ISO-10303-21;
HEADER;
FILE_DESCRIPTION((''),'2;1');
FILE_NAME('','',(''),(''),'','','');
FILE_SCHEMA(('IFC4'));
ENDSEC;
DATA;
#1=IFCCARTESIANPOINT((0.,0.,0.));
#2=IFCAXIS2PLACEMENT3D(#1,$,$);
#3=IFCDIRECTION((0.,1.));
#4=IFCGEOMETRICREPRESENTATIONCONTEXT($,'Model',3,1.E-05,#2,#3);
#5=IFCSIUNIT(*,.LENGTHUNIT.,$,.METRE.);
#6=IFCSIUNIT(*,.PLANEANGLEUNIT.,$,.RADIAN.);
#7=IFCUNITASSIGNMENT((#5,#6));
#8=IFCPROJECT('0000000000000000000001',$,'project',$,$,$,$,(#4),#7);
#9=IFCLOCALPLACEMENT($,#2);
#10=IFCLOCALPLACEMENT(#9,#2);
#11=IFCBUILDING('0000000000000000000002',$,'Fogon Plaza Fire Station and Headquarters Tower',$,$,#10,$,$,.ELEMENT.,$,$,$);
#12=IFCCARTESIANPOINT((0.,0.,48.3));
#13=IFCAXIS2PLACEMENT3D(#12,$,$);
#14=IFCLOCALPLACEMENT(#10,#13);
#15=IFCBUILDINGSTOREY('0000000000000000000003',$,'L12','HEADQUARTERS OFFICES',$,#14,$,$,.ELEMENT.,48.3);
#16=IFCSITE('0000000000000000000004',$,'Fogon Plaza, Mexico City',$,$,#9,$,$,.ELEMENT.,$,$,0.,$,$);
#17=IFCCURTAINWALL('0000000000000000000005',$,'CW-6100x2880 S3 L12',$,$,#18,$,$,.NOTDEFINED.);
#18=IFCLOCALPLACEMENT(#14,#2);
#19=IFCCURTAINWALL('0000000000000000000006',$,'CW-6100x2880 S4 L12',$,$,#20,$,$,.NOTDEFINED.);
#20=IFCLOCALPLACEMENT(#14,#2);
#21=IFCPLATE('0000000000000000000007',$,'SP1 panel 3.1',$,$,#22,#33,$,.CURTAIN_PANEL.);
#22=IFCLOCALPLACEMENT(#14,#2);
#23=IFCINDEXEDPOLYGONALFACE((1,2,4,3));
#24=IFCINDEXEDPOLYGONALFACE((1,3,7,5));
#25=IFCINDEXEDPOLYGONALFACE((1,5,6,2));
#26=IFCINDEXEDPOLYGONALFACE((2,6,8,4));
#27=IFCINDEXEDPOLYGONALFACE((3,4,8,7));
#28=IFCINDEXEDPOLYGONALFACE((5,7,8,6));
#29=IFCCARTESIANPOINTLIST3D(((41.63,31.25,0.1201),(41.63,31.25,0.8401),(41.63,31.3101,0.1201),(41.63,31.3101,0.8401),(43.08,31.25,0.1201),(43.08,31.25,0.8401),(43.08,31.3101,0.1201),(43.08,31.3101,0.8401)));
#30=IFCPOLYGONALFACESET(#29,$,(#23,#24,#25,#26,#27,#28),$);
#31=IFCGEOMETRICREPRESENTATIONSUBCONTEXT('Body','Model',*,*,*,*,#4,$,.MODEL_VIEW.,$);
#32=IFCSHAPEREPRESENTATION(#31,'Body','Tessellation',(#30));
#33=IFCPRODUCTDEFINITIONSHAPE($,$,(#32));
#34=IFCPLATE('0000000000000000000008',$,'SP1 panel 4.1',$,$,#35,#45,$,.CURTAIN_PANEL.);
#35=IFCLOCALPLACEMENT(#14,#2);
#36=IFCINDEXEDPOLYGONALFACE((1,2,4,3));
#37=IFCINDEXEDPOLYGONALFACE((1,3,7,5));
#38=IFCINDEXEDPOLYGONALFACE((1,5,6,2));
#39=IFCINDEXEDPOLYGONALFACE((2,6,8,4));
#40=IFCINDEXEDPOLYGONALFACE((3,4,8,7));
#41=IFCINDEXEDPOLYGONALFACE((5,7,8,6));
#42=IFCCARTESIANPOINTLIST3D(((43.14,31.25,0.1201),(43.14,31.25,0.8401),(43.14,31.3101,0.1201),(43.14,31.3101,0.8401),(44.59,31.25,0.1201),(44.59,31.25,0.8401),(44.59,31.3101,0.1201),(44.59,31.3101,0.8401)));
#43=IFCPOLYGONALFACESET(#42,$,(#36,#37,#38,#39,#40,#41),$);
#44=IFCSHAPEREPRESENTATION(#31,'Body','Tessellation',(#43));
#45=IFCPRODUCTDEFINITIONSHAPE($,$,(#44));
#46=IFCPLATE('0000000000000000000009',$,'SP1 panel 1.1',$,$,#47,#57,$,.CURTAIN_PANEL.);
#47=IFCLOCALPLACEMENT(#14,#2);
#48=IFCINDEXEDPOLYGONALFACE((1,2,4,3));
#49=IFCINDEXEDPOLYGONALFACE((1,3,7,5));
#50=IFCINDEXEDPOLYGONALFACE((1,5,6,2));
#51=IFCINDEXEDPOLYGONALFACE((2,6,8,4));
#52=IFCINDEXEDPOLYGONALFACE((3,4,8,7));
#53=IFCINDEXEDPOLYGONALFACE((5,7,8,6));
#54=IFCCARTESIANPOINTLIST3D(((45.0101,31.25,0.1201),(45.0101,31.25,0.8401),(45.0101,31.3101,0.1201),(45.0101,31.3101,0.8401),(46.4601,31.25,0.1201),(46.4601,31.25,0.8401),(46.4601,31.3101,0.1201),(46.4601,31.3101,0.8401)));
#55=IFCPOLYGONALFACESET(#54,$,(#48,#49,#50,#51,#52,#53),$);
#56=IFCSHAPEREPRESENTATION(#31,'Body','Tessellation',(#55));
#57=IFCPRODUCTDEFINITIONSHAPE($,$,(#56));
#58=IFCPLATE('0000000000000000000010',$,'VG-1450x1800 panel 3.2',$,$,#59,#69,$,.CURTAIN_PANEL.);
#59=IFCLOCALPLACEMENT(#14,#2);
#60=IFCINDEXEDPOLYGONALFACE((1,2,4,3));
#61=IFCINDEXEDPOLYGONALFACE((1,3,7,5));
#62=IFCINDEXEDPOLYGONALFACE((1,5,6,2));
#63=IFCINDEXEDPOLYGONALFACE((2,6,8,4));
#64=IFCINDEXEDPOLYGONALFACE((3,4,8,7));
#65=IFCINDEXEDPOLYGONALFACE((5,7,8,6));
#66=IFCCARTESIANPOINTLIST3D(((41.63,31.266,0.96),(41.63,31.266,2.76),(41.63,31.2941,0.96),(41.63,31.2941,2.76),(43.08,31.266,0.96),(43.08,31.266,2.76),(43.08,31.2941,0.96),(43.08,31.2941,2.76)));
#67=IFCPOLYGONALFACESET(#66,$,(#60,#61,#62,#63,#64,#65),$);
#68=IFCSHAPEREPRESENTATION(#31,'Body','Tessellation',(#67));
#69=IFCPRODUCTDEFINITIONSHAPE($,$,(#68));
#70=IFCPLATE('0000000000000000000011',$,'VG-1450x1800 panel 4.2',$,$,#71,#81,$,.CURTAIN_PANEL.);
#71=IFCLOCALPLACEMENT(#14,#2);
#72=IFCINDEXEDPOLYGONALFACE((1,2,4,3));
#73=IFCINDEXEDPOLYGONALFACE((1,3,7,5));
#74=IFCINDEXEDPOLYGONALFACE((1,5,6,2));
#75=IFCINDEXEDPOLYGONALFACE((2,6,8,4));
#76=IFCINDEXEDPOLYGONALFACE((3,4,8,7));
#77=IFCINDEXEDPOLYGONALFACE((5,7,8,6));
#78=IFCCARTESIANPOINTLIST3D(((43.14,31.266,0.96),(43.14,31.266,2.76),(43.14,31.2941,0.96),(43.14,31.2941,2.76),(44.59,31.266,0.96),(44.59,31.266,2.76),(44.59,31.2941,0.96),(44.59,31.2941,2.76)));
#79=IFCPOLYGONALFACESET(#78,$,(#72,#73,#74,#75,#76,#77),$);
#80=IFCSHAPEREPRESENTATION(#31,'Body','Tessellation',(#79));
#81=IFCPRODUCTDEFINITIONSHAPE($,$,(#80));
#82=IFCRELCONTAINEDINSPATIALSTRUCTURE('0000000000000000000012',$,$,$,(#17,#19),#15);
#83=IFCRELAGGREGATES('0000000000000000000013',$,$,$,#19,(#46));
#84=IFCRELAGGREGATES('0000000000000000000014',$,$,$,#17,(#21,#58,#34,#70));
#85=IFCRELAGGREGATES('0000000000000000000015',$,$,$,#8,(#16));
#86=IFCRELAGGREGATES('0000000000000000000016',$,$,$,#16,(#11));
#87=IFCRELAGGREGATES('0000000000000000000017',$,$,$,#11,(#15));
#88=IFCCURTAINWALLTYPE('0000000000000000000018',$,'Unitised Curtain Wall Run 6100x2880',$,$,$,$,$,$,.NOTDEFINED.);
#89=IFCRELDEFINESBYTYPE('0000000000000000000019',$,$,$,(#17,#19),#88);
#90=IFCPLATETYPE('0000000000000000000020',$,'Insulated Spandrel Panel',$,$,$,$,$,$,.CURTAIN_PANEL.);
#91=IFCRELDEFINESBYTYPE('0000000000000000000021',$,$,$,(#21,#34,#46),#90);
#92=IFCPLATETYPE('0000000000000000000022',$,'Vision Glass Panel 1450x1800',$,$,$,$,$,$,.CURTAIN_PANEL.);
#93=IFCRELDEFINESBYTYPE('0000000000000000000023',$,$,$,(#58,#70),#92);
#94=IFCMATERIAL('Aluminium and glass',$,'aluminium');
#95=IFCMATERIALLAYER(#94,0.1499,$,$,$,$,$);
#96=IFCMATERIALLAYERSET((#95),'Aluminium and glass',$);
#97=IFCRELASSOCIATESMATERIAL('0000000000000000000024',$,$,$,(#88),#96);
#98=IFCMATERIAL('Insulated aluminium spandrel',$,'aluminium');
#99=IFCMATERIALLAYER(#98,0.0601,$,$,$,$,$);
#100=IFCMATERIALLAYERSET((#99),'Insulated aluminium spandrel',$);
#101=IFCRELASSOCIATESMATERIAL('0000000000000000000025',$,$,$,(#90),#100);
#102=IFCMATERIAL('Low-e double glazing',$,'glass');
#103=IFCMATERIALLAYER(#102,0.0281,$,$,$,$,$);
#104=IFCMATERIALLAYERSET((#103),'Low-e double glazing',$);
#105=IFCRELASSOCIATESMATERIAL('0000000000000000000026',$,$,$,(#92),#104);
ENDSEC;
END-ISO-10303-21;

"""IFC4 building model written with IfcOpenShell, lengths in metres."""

from ifc_helpers import new_model, si_unit, direction, frame, origin, origin_2d, place, context, subcontext, project, spatial, rectangle, extrude, material, layer, layer_set, type_object, element, aggregate, save


model = new_model("IFC4")

# Units and contexts
model_context = context("Model", 3, precision=1e-05, world=origin(), true_north=direction((0.0, 1.0)))
body_context = subcontext(model_context, "Body", "Model", "MODEL_VIEW")
ifc_project = project(units=[si_unit("LENGTHUNIT", "METRE"), si_unit("PLANEANGLEUNIT", "RADIAN")], contexts=[model_context])

# Site, building, storey
site_placement = place(None, origin())
site = spatial("IfcSite", under=ifc_project, at=site_placement, Name="Fogon Plaza, Mexico City", CompositionType="ELEMENT", RefElevation=0.0)
building_placement = place(site_placement, origin())
building = spatial("IfcBuilding", under=site, at=building_placement, Name="Fogon Plaza Fire Station and Headquarters Tower", CompositionType="ELEMENT")
storey_placement = place(building_placement, frame((0.0, 0.0, 48.3)))
storey = spatial("IfcBuildingStorey", under=building, at=storey_placement, Name="L12", Description="HEADQUARTERS OFFICES", CompositionType="ELEMENT", Elevation=48.3)

# Curtain wall
ifc_material_1 = material(Name="Aluminium and glass", Category="aluminium")
ifc_layer_1 = layer(ifc_material_1, 0.1499)
ifc_layer_set_1 = layer_set([ifc_layer_1], Name="Aluminium and glass")
curtain_wall_type = type_object("IfcCurtainWallType", Name="Unitised Curtain Wall Run 6100x2880", PredefinedType="NOTDEFINED", material=ifc_layer_set_1)
curtain_wall_1_placement = place(storey_placement, origin())
curtain_wall_1 = element("IfcCurtainWall", 1, at=curtain_wall_1_placement, inside=storey, type_object=curtain_wall_type, Name="CW-6100x2880 S3 L12", PredefinedType="NOTDEFINED")

# Curtain wall
curtain_wall_2_placement = place(storey_placement, origin())
curtain_wall_2 = element("IfcCurtainWall", 2, at=curtain_wall_2_placement, inside=storey, type_object=curtain_wall_type, Name="CW-6100x2880 S4 L12", PredefinedType="NOTDEFINED")

# Plates
ifc_material_2 = material(Name="Insulated aluminium spandrel", Category="aluminium")
ifc_layer_2 = layer(ifc_material_2, 0.0601)
ifc_layer_set_2 = layer_set([ifc_layer_2], Name="Insulated aluminium spandrel")
plate_type_1 = type_object("IfcPlateType", Name="Insulated Spandrel Panel", PredefinedType="CURTAIN_PANEL", material=ifc_layer_set_2)
plate_1_placement = place(storey_placement, frame((42.355, 31.28, 0.1201), z_axis=(0.0, 0.0, 1.0), x_axis=(1.0, 0.0, 0.0)))
plate_1 = element("IfcPlate", 3, at=plate_1_placement, type_object=plate_type_1, Name="SP1 panel 3.1", PredefinedType="CURTAIN_PANEL", context=body_context, shape_type="SweptSolid", body=[
    extrude(rectangle(XDim=1.45, YDim=0.0601, at=origin_2d()), origin(), (0.0, 0.0, 1.0), 0.72),
])
plate_2_placement = place(storey_placement, frame((43.865, 31.28, 0.1201), z_axis=(0.0, 0.0, 1.0), x_axis=(1.0, 0.0, 0.0)))
plate_2 = element("IfcPlate", 4, at=plate_2_placement, type_object=plate_type_1, Name="SP1 panel 4.1", PredefinedType="CURTAIN_PANEL", context=body_context, shape_type="SweptSolid", body=[
    extrude(rectangle(XDim=1.45, YDim=0.0601, at=origin_2d()), origin(), (0.0, 0.0, 1.0), 0.72),
])
plate_3_placement = place(storey_placement, frame((45.7351, 31.28, 0.1201), z_axis=(0.0, 0.0, 1.0), x_axis=(1.0, 0.0, 0.0)))
plate_3 = element("IfcPlate", 5, at=plate_3_placement, type_object=plate_type_1, Name="SP1 panel 1.1", PredefinedType="CURTAIN_PANEL", context=body_context, shape_type="SweptSolid", body=[
    extrude(rectangle(XDim=1.45, YDim=0.0601, at=origin_2d()), origin(), (0.0, 0.0, 1.0), 0.72),
])
aggregate(curtain_wall_2, [plate_3])
ifc_material_3 = material(Name="Low-e double glazing", Category="glass")
ifc_layer_3 = layer(ifc_material_3, 0.0281)
ifc_layer_set_3 = layer_set([ifc_layer_3], Name="Low-e double glazing")
plate_type_2 = type_object("IfcPlateType", Name="Vision Glass Panel 1450x1800", PredefinedType="CURTAIN_PANEL", material=ifc_layer_set_3)
plate_4_placement = place(storey_placement, frame((42.355, 31.28, 0.96), z_axis=(0.0, 0.0, 1.0), x_axis=(1.0, 0.0, 0.0)))
plate_4 = element("IfcPlate", 6, at=plate_4_placement, type_object=plate_type_2, Name="VG-1450x1800 panel 3.2", PredefinedType="CURTAIN_PANEL", context=body_context, shape_type="SweptSolid", body=[
    extrude(rectangle(XDim=1.45, YDim=0.0281, at=origin_2d()), origin(), (0.0, 0.0, 1.0), 1.8),
])
plate_5_placement = place(storey_placement, frame((43.865, 31.28, 0.96), z_axis=(0.0, 0.0, 1.0), x_axis=(1.0, 0.0, 0.0)))
plate_5 = element("IfcPlate", 7, at=plate_5_placement, type_object=plate_type_2, Name="VG-1450x1800 panel 4.2", PredefinedType="CURTAIN_PANEL", context=body_context, shape_type="SweptSolid", body=[
    extrude(rectangle(XDim=1.45, YDim=0.0281, at=origin_2d()), origin(), (0.0, 0.0, 1.0), 1.8),
])
aggregate(curtain_wall_1, [plate_1, plate_4, plate_2, plate_5])

save(model, "model.ifc")
